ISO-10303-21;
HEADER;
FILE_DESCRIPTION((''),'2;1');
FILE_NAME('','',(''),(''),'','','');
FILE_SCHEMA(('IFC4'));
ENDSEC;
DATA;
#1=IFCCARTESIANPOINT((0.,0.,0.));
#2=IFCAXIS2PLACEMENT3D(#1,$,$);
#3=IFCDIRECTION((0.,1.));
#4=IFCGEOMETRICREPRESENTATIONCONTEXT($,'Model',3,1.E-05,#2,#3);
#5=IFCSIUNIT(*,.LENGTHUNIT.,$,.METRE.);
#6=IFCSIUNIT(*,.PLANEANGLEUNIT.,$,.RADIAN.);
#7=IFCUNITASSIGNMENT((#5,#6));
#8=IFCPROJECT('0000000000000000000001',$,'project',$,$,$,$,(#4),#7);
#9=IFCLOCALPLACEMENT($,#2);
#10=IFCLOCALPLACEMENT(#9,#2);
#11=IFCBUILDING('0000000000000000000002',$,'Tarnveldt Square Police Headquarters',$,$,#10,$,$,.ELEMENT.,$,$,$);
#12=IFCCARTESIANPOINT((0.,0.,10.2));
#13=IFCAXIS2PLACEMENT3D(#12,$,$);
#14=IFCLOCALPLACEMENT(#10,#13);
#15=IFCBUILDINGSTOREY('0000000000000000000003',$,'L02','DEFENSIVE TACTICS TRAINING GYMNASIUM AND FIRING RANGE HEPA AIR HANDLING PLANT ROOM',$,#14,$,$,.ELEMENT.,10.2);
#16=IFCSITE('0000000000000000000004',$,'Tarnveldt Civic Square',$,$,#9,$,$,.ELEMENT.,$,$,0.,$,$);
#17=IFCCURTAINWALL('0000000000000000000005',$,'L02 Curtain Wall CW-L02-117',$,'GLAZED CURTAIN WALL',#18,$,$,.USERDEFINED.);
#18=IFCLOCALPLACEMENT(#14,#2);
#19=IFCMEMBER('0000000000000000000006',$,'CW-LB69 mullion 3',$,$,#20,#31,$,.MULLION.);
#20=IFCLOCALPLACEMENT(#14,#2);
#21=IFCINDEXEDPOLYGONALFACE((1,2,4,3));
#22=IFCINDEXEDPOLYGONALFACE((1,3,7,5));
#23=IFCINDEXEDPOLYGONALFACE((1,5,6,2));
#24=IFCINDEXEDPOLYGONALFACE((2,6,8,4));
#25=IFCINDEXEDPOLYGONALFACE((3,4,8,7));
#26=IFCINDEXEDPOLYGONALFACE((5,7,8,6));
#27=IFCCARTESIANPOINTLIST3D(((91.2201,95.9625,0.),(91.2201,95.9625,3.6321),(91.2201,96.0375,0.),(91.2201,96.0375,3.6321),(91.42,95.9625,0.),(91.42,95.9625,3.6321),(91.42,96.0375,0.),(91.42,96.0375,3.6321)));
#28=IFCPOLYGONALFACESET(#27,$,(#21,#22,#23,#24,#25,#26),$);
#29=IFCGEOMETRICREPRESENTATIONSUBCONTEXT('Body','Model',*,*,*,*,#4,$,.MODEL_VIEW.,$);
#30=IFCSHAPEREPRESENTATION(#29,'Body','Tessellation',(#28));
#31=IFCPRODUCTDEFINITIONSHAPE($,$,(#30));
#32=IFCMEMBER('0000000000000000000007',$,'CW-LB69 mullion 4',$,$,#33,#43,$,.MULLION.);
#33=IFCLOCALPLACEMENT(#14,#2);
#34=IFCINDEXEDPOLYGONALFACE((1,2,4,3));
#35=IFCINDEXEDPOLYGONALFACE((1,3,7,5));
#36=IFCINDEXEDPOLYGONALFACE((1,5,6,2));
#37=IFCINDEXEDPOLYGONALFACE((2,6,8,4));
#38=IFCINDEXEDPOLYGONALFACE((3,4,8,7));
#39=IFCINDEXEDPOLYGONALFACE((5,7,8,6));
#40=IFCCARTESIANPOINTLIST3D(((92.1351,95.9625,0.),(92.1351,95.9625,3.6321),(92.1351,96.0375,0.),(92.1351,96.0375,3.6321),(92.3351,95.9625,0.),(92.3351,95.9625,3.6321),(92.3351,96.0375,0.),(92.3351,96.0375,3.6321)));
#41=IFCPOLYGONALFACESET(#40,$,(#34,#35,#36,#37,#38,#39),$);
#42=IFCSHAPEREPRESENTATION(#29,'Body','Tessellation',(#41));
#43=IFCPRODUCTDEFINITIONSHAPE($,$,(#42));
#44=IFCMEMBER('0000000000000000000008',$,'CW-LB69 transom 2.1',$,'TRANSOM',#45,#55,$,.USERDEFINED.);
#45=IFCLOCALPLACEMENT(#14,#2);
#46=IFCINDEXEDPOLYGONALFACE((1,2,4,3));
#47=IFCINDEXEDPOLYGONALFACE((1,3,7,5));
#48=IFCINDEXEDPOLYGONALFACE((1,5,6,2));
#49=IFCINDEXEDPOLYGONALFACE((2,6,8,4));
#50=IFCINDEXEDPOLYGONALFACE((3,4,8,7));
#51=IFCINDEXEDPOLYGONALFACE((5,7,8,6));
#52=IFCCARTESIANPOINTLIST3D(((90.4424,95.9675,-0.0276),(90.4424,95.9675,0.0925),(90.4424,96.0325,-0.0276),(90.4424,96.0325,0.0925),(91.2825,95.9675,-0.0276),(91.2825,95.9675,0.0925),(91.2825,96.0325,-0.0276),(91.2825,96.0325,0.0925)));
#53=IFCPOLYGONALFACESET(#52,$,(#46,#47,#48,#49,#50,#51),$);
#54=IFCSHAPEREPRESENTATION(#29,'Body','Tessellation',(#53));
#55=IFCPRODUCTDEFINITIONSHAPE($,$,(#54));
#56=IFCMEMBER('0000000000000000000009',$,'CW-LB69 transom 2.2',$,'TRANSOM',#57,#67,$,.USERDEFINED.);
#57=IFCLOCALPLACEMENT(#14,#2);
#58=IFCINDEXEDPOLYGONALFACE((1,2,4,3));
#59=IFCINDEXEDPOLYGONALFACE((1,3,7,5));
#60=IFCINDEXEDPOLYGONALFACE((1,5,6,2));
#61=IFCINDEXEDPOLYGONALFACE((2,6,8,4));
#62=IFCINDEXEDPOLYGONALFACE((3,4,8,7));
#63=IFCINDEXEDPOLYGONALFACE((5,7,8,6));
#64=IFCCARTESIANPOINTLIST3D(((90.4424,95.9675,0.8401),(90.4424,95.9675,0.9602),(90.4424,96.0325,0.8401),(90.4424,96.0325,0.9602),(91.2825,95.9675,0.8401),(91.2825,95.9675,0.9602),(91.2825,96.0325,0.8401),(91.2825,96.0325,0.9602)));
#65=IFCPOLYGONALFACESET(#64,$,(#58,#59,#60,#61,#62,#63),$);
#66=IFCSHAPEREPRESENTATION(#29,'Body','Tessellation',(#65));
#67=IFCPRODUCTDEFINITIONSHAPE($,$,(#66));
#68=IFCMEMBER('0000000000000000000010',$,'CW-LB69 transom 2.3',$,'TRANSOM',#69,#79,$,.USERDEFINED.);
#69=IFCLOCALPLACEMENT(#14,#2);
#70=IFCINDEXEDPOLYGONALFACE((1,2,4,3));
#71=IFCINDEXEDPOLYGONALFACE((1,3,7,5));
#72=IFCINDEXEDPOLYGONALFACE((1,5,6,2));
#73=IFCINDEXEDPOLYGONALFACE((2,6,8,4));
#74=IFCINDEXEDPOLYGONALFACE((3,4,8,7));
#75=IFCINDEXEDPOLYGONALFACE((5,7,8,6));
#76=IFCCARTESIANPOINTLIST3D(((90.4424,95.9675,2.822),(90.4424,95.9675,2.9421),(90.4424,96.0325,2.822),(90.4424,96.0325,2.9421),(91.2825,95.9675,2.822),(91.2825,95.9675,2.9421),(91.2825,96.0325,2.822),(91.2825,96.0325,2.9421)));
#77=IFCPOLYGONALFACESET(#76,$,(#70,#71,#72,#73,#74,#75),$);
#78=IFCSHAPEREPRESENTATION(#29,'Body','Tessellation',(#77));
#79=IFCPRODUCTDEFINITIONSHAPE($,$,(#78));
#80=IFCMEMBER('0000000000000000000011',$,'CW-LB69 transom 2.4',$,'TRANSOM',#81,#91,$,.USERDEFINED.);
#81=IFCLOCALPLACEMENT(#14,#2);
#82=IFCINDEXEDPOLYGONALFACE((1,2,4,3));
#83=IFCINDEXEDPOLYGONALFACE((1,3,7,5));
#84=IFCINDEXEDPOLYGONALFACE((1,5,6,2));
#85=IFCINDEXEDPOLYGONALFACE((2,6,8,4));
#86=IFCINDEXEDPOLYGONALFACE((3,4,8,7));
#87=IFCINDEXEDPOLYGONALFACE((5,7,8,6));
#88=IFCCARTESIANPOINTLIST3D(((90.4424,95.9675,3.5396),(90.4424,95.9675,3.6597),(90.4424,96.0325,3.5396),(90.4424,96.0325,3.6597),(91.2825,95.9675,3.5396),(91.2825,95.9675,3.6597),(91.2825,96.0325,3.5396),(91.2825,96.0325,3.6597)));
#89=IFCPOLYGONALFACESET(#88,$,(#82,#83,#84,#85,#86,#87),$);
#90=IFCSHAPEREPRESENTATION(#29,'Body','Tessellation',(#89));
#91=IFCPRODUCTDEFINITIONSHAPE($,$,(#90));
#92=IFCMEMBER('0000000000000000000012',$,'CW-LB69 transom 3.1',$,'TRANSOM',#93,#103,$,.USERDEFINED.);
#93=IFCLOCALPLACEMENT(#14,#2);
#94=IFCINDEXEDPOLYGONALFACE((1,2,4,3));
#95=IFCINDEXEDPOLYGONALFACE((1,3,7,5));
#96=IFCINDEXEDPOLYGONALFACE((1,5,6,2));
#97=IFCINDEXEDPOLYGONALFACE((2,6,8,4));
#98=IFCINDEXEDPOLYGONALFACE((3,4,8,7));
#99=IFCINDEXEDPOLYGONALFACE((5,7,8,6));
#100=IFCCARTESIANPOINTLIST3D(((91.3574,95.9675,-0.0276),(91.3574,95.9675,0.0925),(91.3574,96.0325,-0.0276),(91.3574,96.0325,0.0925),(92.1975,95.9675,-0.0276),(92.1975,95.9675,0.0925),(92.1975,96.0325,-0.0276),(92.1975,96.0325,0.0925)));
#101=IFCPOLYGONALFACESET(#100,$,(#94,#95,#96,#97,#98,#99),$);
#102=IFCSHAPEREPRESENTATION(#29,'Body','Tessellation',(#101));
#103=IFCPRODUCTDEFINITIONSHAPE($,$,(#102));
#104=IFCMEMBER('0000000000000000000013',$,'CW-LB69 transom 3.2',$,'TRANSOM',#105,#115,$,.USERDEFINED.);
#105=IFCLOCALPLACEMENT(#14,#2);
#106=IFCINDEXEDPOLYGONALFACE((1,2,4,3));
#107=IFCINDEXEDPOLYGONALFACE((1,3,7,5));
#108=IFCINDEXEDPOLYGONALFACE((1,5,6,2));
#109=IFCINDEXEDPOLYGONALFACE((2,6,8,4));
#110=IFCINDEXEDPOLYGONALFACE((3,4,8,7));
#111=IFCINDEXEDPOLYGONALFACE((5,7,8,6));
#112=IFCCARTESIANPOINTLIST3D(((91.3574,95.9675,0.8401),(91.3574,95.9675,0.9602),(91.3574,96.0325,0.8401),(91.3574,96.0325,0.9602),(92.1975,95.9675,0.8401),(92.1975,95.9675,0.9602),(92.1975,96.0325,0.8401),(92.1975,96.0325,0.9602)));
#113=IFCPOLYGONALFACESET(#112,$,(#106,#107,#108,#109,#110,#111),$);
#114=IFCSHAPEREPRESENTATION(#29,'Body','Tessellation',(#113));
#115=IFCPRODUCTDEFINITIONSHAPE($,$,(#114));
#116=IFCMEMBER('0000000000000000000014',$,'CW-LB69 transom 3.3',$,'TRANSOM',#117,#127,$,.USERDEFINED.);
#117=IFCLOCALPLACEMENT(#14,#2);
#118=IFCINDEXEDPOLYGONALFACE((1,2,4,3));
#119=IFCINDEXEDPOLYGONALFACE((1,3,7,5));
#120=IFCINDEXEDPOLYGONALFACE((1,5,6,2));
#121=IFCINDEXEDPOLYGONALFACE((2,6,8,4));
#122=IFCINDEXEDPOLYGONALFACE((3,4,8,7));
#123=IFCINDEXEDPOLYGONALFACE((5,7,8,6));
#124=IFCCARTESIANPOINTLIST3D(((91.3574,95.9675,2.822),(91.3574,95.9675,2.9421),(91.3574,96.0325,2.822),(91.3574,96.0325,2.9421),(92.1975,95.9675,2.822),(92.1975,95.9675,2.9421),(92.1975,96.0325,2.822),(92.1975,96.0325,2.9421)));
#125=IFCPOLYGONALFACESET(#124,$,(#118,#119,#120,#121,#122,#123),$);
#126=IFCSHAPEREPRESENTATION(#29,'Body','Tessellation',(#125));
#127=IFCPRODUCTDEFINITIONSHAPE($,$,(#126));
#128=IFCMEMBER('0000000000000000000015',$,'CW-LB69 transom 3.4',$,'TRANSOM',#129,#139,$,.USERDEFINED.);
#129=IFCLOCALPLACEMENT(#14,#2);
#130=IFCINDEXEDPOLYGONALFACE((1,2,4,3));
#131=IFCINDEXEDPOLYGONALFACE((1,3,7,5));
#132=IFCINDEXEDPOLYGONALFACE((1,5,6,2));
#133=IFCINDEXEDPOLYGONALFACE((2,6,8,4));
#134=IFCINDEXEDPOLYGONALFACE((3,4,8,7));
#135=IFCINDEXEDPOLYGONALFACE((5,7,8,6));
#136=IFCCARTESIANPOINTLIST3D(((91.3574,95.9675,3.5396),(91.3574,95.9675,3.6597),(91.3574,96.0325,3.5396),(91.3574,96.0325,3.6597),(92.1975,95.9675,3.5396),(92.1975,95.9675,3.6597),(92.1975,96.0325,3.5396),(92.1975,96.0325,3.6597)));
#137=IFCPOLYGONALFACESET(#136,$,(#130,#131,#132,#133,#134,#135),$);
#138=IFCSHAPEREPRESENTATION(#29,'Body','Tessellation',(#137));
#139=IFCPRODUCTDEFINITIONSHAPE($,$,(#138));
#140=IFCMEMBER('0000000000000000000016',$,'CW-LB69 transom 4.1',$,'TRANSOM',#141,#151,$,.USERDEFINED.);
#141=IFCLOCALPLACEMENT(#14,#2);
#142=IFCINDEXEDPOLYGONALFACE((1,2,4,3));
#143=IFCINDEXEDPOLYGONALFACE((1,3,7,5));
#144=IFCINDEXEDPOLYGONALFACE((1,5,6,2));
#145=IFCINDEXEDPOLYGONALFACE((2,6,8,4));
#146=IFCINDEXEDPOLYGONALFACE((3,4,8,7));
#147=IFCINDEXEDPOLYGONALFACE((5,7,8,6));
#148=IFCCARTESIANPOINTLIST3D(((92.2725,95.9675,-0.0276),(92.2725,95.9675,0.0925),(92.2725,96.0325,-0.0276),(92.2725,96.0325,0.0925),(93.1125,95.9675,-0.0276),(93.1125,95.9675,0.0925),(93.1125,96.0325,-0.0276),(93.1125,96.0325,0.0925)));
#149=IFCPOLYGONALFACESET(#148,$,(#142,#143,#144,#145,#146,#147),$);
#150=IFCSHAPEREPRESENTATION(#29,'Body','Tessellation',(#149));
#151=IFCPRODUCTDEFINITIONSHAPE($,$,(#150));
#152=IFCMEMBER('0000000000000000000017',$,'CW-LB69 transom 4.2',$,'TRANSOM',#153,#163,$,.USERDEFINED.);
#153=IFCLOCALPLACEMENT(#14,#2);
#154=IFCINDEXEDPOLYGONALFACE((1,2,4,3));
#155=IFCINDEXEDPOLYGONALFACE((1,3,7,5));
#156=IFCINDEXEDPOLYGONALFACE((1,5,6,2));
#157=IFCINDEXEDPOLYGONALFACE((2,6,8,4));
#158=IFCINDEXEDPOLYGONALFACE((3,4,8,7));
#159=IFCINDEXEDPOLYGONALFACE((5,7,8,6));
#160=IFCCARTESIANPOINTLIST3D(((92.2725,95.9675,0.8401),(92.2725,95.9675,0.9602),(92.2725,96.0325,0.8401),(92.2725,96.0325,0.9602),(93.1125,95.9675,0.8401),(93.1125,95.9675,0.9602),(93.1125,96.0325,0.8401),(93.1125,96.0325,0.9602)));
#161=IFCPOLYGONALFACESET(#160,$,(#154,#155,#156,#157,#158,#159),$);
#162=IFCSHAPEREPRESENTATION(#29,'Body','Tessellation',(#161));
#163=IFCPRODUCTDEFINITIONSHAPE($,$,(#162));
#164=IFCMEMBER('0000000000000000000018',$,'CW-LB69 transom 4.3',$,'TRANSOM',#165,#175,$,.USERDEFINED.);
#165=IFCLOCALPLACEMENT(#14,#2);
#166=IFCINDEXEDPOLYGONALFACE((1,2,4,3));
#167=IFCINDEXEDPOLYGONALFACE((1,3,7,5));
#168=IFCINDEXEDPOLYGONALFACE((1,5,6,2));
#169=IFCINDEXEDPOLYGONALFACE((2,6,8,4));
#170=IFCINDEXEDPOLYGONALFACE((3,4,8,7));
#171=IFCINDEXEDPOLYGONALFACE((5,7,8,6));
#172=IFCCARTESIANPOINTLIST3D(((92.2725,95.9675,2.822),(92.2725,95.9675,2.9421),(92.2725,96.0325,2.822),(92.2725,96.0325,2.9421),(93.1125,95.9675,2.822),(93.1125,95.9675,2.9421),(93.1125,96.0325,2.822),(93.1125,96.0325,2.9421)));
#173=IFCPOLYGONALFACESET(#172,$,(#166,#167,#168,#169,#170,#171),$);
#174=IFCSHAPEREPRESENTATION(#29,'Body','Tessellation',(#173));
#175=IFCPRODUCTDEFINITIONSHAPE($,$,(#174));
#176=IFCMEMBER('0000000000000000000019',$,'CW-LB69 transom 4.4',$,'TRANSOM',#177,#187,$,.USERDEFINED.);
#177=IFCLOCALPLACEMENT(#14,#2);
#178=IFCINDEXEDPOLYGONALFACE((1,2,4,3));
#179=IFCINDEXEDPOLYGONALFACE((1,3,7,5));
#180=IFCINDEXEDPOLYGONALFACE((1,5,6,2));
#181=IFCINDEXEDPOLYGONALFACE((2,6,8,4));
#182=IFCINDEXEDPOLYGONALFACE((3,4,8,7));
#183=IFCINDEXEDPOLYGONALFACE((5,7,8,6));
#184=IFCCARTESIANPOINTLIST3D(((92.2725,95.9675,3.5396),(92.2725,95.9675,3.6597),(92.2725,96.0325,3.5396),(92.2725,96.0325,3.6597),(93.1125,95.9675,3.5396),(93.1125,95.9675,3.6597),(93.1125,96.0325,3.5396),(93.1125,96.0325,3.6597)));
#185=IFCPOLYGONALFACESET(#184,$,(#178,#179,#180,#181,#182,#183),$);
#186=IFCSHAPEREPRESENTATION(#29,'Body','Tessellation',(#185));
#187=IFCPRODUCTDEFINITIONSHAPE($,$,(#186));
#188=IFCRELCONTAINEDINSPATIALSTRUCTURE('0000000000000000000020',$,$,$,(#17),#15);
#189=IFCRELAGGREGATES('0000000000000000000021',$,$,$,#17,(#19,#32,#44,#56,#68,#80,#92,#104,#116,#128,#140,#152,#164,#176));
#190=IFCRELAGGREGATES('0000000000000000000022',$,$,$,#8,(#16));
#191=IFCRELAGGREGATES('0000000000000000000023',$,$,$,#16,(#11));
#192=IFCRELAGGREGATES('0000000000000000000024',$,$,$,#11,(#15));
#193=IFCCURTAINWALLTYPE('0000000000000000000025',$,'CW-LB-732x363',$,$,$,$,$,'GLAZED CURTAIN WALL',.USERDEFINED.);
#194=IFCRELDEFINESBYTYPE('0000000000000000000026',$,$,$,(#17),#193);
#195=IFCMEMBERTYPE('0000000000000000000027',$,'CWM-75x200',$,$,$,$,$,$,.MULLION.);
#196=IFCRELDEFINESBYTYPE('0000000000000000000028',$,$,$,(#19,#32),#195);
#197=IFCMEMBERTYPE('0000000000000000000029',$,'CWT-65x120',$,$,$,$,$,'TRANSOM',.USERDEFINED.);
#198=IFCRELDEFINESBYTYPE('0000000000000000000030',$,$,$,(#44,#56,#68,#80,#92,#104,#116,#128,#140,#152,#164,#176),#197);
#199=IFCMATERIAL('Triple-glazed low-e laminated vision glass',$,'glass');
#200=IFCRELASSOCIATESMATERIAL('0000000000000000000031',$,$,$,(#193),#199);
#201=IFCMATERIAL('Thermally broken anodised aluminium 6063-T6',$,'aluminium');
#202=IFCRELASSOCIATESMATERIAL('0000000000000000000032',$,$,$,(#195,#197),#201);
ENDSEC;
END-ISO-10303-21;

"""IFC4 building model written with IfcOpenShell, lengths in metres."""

from ifc_helpers import new_model, si_unit, direction, frame, origin, origin_2d, place, context, subcontext, project, spatial, rectangle, extrude, material, material_profile, profile_set, type_object, element, aggregate, save


model = new_model("IFC4")

# Units and contexts
model_context = context("Model", 3, precision=1e-05, world=origin(), true_north=direction((0.0, 1.0)))
body_context = subcontext(model_context, "Body", "Model", "MODEL_VIEW")
ifc_project = project(units=[si_unit("LENGTHUNIT", "METRE"), si_unit("PLANEANGLEUNIT", "RADIAN")], contexts=[model_context])

# Site, building, storey
site_placement = place(None, origin())
site = spatial("IfcSite", under=ifc_project, at=site_placement, Name="Tarnveldt Civic Square", CompositionType="ELEMENT", RefElevation=0.0)
building_placement = place(site_placement, origin())
building = spatial("IfcBuilding", under=site, at=building_placement, Name="Tarnveldt Square Police Headquarters", CompositionType="ELEMENT")
storey_placement = place(building_placement, frame((0.0, 0.0, 10.2)))
storey = spatial("IfcBuildingStorey", under=building, at=storey_placement, Name="L02", Description="DEFENSIVE TACTICS TRAINING GYMNASIUM AND FIRING RANGE HEPA AIR HANDLING PLANT ROOM", CompositionType="ELEMENT", Elevation=10.2)

# Curtain wall, members
ifc_material_1 = material(Name="Triple-glazed low-e laminated vision glass", Category="glass")
curtain_wall_type = type_object("IfcCurtainWallType", Name="CW-LB-732x363", ElementType="GLAZED CURTAIN WALL", PredefinedType="USERDEFINED", material=ifc_material_1)
curtain_wall_placement = place(storey_placement, origin())
curtain_wall = element("IfcCurtainWall", 1, at=curtain_wall_placement, inside=storey, type_object=curtain_wall_type, Name="L02 Curtain Wall CW-L02-117", ObjectType="GLAZED CURTAIN WALL", PredefinedType="USERDEFINED")
ifc_material_2 = material(Name="Thermally broken anodised aluminium 6063-T6", Category="aluminium")
ifc_material_profile_1 = material_profile(ifc_material_2, rectangle(XDim=0.075, YDim=0.2, at=origin_2d()), Name="CW-M75x200")
ifc_profile_set_1 = profile_set([ifc_material_profile_1], Name="Thermally broken anodised aluminium 6063-T6")
member_type_1 = type_object("IfcMemberType", Name="CWM-75x200", PredefinedType="MULLION", material=ifc_profile_set_1)
member_1_placement = place(storey_placement, frame((91.3201, 96.0, 0.0), z_axis=(0.0, 0.0, 1.0), x_axis=(0.0, 1.0, 0.0)))
member_1 = element("IfcMember", 2, at=member_1_placement, type_object=member_type_1, Name="CW-LB69 mullion 3", PredefinedType="MULLION", context=body_context, shape_type="SweptSolid", body=[
    extrude(rectangle(XDim=0.075, YDim=0.2, at=origin_2d()), origin(), (0.0, 0.0, 1.0), 3.6321),
])
member_2_placement = place(storey_placement, frame((92.2351, 96.0, 0.0), z_axis=(0.0, 0.0, 1.0), x_axis=(0.0, 1.0, 0.0)))
member_2 = element("IfcMember", 3, at=member_2_placement, type_object=member_type_1, Name="CW-LB69 mullion 4", PredefinedType="MULLION", context=body_context, shape_type="SweptSolid", body=[
    extrude(rectangle(XDim=0.075, YDim=0.2, at=origin_2d()), origin(), (0.0, 0.0, 1.0), 3.6321),
])
ifc_material_profile_2 = material_profile(ifc_material_2, rectangle(XDim=0.0649, YDim=0.1201, at=origin_2d()), Name="CW-T65x120")
ifc_profile_set_2 = profile_set([ifc_material_profile_2], Name="Thermally broken anodised aluminium 6063-T6")
member_type_2 = type_object("IfcMemberType", Name="CWT-65x120", ElementType="TRANSOM", PredefinedType="USERDEFINED", material=ifc_profile_set_2)
member_3_placement = place(storey_placement, frame((90.4424, 96.0, 0.0325), z_axis=(1.0, 0.0, 0.0), x_axis=(0.0, 1.0, 0.0)))
member_3 = element("IfcMember", 4, at=member_3_placement, type_object=member_type_2, Name="CW-LB69 transom 2.1", ObjectType="TRANSOM", PredefinedType="USERDEFINED", context=body_context, shape_type="SweptSolid", body=[
    extrude(rectangle(XDim=0.0649, YDim=0.1201, at=origin_2d()), origin(), (0.0, 0.0, 1.0), 0.8401),
])
member_4_placement = place(storey_placement, frame((90.4424, 96.0, 0.9001), z_axis=(1.0, 0.0, 0.0), x_axis=(0.0, 1.0, 0.0)))
member_4 = element("IfcMember", 5, at=member_4_placement, type_object=member_type_2, Name="CW-LB69 transom 2.2", ObjectType="TRANSOM", PredefinedType="USERDEFINED", context=body_context, shape_type="SweptSolid", body=[
    extrude(rectangle(XDim=0.0649, YDim=0.1201, at=origin_2d()), origin(), (0.0, 0.0, 1.0), 0.8401),
])
member_5_placement = place(storey_placement, frame((90.4424, 96.0, 2.8821), z_axis=(1.0, 0.0, 0.0), x_axis=(0.0, 1.0, 0.0)))
member_5 = element("IfcMember", 6, at=member_5_placement, type_object=member_type_2, Name="CW-LB69 transom 2.3", ObjectType="TRANSOM", PredefinedType="USERDEFINED", context=body_context, shape_type="SweptSolid", body=[
    extrude(rectangle(XDim=0.0649, YDim=0.1201, at=origin_2d()), origin(), (0.0, 0.0, 1.0), 0.8401),
])
member_6_placement = place(storey_placement, frame((90.4424, 96.0, 3.5996), z_axis=(1.0, 0.0, 0.0), x_axis=(0.0, 1.0, 0.0)))
member_6 = element("IfcMember", 7, at=member_6_placement, type_object=member_type_2, Name="CW-LB69 transom 2.4", ObjectType="TRANSOM", PredefinedType="USERDEFINED", context=body_context, shape_type="SweptSolid", body=[
    extrude(rectangle(XDim=0.0649, YDim=0.1201, at=origin_2d()), origin(), (0.0, 0.0, 1.0), 0.8401),
])
member_7_placement = place(storey_placement, frame((91.3574, 96.0, 0.0325), z_axis=(1.0, 0.0, 0.0), x_axis=(0.0, 1.0, 0.0)))
member_7 = element("IfcMember", 8, at=member_7_placement, type_object=member_type_2, Name="CW-LB69 transom 3.1", ObjectType="TRANSOM", PredefinedType="USERDEFINED", context=body_context, shape_type="SweptSolid", body=[
    extrude(rectangle(XDim=0.0649, YDim=0.1201, at=origin_2d()), origin(), (0.0, 0.0, 1.0), 0.8401),
])
member_8_placement = place(storey_placement, frame((91.3574, 96.0, 0.9001), z_axis=(1.0, 0.0, 0.0), x_axis=(0.0, 1.0, 0.0)))
member_8 = element("IfcMember", 9, at=member_8_placement, type_object=member_type_2, Name="CW-LB69 transom 3.2", ObjectType="TRANSOM", PredefinedType="USERDEFINED", context=body_context, shape_type="SweptSolid", body=[
    extrude(rectangle(XDim=0.0649, YDim=0.1201, at=origin_2d()), origin(), (0.0, 0.0, 1.0), 0.8401),
])
member_9_placement = place(storey_placement, frame((91.3574, 96.0, 2.8821), z_axis=(1.0, 0.0, 0.0), x_axis=(0.0, 1.0, 0.0)))
member_9 = element("IfcMember", 10, at=member_9_placement, type_object=member_type_2, Name="CW-LB69 transom 3.3", ObjectType="TRANSOM", PredefinedType="USERDEFINED", context=body_context, shape_type="SweptSolid", body=[
    extrude(rectangle(XDim=0.0649, YDim=0.1201, at=origin_2d()), origin(), (0.0, 0.0, 1.0), 0.8401),
])
member_10_placement = place(storey_placement, frame((91.3574, 96.0, 3.5996), z_axis=(1.0, 0.0, 0.0), x_axis=(0.0, 1.0, 0.0)))
member_10 = element("IfcMember", 11, at=member_10_placement, type_object=member_type_2, Name="CW-LB69 transom 3.4", ObjectType="TRANSOM", PredefinedType="USERDEFINED", context=body_context, shape_type="SweptSolid", body=[
    extrude(rectangle(XDim=0.0649, YDim=0.1201, at=origin_2d()), origin(), (0.0, 0.0, 1.0), 0.8401),
])
member_11_placement = place(storey_placement, frame((92.2725, 96.0, 0.0325), z_axis=(1.0, 0.0, 0.0), x_axis=(0.0, 1.0, 0.0)))
member_11 = element("IfcMember", 12, at=member_11_placement, type_object=member_type_2, Name="CW-LB69 transom 4.1", ObjectType="TRANSOM", PredefinedType="USERDEFINED", context=body_context, shape_type="SweptSolid", body=[
    extrude(rectangle(XDim=0.0649, YDim=0.1201, at=origin_2d()), origin(), (0.0, 0.0, 1.0), 0.8401),
])
member_12_placement = place(storey_placement, frame((92.2725, 96.0, 0.9001), z_axis=(1.0, 0.0, 0.0), x_axis=(0.0, 1.0, 0.0)))
member_12 = element("IfcMember", 13, at=member_12_placement, type_object=member_type_2, Name="CW-LB69 transom 4.2", ObjectType="TRANSOM", PredefinedType="USERDEFINED", context=body_context, shape_type="SweptSolid", body=[
    extrude(rectangle(XDim=0.0649, YDim=0.1201, at=origin_2d()), origin(), (0.0, 0.0, 1.0), 0.8401),
])
member_13_placement = place(storey_placement, frame((92.2725, 96.0, 2.8821), z_axis=(1.0, 0.0, 0.0), x_axis=(0.0, 1.0, 0.0)))
member_13 = element("IfcMember", 14, at=member_13_placement, type_object=member_type_2, Name="CW-LB69 transom 4.3", ObjectType="TRANSOM", PredefinedType="USERDEFINED", context=body_context, shape_type="SweptSolid", body=[
    extrude(rectangle(XDim=0.0649, YDim=0.1201, at=origin_2d()), origin(), (0.0, 0.0, 1.0), 0.8401),
])
member_14_placement = place(storey_placement, frame((92.2725, 96.0, 3.5996), z_axis=(1.0, 0.0, 0.0), x_axis=(0.0, 1.0, 0.0)))
member_14 = element("IfcMember", 15, at=member_14_placement, type_object=member_type_2, Name="CW-LB69 transom 4.4", ObjectType="TRANSOM", PredefinedType="USERDEFINED", context=body_context, shape_type="SweptSolid", body=[
    extrude(rectangle(XDim=0.0649, YDim=0.1201, at=origin_2d()), origin(), (0.0, 0.0, 1.0), 0.8401),
])
aggregate(curtain_wall, [member_1, member_2, member_3, member_4, member_5, member_6, member_7, member_8, member_9, member_10, member_11, member_12, member_13, member_14])

save(model, "model.ifc")
